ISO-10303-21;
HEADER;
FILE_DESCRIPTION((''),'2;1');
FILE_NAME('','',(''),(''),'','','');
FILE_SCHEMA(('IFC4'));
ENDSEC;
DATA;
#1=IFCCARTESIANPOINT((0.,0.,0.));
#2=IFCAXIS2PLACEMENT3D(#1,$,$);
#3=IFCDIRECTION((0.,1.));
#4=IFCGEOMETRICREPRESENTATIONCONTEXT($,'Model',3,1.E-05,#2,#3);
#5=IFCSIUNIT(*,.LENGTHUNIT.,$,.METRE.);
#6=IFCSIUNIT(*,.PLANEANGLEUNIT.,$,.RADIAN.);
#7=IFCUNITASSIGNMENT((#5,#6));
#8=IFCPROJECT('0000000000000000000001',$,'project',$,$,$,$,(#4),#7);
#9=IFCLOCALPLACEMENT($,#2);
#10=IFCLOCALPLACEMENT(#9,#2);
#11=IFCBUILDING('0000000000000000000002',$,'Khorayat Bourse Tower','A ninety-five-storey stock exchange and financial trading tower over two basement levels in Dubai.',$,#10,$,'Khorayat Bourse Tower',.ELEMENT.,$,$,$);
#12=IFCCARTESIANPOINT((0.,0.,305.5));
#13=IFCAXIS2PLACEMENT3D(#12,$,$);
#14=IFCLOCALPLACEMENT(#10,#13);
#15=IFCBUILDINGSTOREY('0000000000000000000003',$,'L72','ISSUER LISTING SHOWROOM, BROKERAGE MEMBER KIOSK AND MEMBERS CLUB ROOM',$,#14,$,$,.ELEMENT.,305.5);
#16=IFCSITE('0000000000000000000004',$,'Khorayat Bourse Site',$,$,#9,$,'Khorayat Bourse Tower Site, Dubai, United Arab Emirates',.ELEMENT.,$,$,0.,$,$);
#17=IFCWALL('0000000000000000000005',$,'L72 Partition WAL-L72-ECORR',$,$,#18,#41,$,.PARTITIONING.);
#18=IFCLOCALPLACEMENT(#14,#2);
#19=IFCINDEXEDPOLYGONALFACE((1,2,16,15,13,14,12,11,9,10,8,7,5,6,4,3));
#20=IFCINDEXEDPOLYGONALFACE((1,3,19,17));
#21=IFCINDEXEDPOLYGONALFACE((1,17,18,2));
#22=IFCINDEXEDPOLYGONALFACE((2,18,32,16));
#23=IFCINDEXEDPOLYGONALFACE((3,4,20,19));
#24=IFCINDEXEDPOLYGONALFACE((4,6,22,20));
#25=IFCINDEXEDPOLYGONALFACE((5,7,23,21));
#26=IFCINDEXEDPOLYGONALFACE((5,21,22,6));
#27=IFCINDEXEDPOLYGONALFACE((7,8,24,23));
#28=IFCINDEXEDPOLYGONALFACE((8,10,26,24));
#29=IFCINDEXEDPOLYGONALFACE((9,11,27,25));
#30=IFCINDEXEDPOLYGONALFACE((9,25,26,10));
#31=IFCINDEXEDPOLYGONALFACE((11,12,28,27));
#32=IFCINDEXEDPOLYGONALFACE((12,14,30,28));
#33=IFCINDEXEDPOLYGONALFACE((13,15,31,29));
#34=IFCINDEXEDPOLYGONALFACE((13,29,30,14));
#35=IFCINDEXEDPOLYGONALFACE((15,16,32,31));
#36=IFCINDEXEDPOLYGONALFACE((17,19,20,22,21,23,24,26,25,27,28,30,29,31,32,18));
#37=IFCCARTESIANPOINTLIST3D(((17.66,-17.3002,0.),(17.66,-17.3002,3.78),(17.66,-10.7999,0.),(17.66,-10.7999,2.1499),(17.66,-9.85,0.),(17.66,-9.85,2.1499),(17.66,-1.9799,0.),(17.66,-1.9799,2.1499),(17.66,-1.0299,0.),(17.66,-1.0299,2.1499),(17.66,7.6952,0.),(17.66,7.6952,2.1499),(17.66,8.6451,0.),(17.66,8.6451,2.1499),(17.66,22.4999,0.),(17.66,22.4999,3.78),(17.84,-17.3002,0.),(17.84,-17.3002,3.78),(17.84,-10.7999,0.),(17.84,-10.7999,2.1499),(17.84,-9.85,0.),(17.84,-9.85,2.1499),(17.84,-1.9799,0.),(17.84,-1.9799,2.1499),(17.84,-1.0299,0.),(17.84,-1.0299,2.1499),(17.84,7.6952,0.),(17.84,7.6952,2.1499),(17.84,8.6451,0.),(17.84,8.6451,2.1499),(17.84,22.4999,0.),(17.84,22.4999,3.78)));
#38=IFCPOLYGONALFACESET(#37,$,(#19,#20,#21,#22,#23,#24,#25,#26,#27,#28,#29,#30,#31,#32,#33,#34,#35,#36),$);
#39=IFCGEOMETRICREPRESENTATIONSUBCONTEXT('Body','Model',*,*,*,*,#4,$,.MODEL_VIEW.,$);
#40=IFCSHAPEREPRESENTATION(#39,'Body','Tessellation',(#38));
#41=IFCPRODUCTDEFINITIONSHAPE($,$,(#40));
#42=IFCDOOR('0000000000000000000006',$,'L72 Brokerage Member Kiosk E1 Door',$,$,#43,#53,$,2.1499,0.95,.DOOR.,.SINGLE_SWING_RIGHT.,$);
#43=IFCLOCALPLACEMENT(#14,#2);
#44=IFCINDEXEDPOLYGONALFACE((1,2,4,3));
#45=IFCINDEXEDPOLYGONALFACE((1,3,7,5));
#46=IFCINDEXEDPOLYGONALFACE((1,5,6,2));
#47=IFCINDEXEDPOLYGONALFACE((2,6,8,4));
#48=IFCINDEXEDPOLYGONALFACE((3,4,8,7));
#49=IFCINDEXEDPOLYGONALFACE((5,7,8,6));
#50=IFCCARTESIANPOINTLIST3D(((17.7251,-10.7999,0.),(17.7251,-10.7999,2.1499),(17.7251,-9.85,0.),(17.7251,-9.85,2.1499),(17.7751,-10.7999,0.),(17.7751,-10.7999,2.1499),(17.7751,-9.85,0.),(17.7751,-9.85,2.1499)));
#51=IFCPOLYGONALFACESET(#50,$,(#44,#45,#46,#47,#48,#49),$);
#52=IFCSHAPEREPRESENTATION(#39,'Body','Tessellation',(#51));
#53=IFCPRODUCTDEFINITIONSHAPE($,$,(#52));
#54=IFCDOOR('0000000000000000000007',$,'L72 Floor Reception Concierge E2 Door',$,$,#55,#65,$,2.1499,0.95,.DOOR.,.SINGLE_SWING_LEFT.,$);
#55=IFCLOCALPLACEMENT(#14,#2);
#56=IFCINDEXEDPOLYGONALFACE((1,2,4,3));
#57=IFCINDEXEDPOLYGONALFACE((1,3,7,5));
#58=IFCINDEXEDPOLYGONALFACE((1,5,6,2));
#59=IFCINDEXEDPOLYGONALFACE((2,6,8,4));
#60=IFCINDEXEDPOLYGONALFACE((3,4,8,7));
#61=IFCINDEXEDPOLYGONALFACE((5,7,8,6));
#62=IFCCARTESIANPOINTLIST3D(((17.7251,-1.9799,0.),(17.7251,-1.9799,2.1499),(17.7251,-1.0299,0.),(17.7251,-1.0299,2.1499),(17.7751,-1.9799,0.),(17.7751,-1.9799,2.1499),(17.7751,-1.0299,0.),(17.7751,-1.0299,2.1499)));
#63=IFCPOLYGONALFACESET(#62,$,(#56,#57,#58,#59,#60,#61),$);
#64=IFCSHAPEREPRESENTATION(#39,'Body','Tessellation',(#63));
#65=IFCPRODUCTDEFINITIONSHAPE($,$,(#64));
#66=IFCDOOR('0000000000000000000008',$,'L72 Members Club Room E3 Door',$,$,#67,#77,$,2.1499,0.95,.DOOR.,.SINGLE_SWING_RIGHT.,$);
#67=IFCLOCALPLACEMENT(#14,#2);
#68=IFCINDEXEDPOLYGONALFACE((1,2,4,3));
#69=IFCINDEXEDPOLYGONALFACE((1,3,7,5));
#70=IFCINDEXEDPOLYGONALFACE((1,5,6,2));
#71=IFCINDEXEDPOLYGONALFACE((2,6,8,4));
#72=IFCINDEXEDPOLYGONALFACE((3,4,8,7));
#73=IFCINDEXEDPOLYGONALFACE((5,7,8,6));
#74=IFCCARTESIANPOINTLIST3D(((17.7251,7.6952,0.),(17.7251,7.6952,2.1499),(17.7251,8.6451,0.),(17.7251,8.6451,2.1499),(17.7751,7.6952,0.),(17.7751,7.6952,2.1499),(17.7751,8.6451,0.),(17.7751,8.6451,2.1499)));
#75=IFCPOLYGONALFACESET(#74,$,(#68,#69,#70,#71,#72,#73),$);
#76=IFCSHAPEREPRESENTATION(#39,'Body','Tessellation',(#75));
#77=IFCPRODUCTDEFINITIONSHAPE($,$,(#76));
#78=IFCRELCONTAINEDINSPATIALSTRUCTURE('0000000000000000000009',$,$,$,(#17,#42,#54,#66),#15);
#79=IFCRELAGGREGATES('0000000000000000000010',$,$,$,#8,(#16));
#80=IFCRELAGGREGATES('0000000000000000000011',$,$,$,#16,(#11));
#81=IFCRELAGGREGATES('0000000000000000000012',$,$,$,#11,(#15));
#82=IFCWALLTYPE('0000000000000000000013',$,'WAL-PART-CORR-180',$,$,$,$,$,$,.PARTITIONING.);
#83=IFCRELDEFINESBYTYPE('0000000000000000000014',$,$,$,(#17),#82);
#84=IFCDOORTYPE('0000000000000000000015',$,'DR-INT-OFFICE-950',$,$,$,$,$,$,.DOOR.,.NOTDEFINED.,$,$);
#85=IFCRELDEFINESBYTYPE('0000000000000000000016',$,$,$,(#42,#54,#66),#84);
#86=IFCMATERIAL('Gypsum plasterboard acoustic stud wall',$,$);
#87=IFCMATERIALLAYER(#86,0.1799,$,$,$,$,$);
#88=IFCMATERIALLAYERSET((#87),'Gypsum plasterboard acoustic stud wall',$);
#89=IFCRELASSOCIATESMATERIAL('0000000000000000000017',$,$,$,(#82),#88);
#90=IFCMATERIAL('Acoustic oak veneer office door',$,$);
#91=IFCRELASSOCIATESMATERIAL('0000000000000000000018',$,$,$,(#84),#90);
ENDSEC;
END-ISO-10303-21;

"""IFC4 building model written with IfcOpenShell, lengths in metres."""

from ifc_helpers import new_model, si_unit, direction, frame, frame_2d, origin, place, context, subcontext, project, spatial, rectangle, extrude, source, transform, mapped, material, layer, layer_set, type_object, element, fill, save


model = new_model("IFC4")

# Units and contexts
model_context = context("Model", 3, precision=1e-05, world=origin(), true_north=direction((0.0, 1.0)))
body_context = subcontext(model_context, "Body", "Model", "MODEL_VIEW")
ifc_project = project(units=[si_unit("LENGTHUNIT", "METRE"), si_unit("PLANEANGLEUNIT", "RADIAN")], contexts=[model_context])

# Site, building, storey
site_placement = place(None, origin())
site = spatial("IfcSite", under=ifc_project, at=site_placement, Name="Khorayat Bourse Site", LongName="Khorayat Bourse Tower Site, Dubai, United Arab Emirates", CompositionType="ELEMENT", RefElevation=0.0)
building_placement = place(site_placement, origin())
building = spatial("IfcBuilding", under=site, at=building_placement, Name="Khorayat Bourse Tower", Description="A ninety-five-storey stock exchange and financial trading tower over two basement levels in Dubai.", LongName="Khorayat Bourse Tower", CompositionType="ELEMENT")
storey_placement = place(building_placement, frame((0.0, 0.0, 305.5)))
storey = spatial("IfcBuildingStorey", under=building, at=storey_placement, Name="L72", Description="ISSUER LISTING SHOWROOM, BROKERAGE MEMBER KIOSK AND MEMBERS CLUB ROOM", CompositionType="ELEMENT", Elevation=305.5)

# Shared definitions
ifc_material_1 = material(Name="Gypsum plasterboard acoustic stud wall")
ifc_layer_1 = layer(ifc_material_1, 0.1799)
ifc_layer_set_1 = layer_set([ifc_layer_1], Name="Gypsum plasterboard acoustic stud wall")
wall_type_1 = type_object("IfcWallType", Name="WAL-PART-CORR-180", PredefinedType="PARTITIONING", material=ifc_layer_set_1)

# Wall, openings, doors
shared_shape_1 = source(origin(), body_context, "Body", "SweptSolid", [
    extrude(rectangle(XDim=39.8, YDim=0.1799, at=frame_2d((19.8999, 0.0))), origin(), (0.0, 0.0, 1.0), 3.78),
])
wall_1_placement = place(storey_placement, frame((17.75, -17.3, 0.0), z_axis=(0.0, 0.0, 1.0), x_axis=(0.0, 1.0, 0.0)))
wall_1 = element("IfcWall", 1, at=wall_1_placement, inside=storey, type_object=wall_type_1, Name="L72 Partition WAL-L72-ECORR", PredefinedType="PARTITIONING", context=body_context, shape_type="MappedRepresentation", body=[
    mapped(shared_shape_1, transform((0.0, 0.0, 0.0), scale=1.0)),
])
shared_shape_2 = source(origin(), body_context, "Body", "SweptSolid", [
    extrude(rectangle(XDim=0.95, YDim=2.1499, at=frame_2d((0.4751, 1.075))), frame((0.0, 0.0999, 0.0), z_axis=(0.0, -1.0, 0.0), x_axis=(1.0, 0.0, 0.0)), (0.0, 0.0, 1.0), 0.2),
])
opening_1_placement = place(wall_1_placement, frame((6.5, 0.0, 0.0)))
opening_1 = element("IfcOpeningElement", 2, at=opening_1_placement, cuts=wall_1, PredefinedType="OPENING", context=body_context, shape_type="MappedRepresentation", body=[
    mapped(shared_shape_2, transform((0.0, 0.0, 0.0), scale=1.0)),
])
opening_2_placement = place(wall_1_placement, frame((15.3201, 0.0, 0.0)))
opening_2 = element("IfcOpeningElement", 3, at=opening_2_placement, cuts=wall_1, PredefinedType="OPENING", context=body_context, shape_type="MappedRepresentation", body=[
    mapped(shared_shape_2, transform((0.0, 0.0, 0.0), scale=1.0)),
])
opening_3_placement = place(wall_1_placement, frame((24.9951, 0.0, 0.0)))
opening_3 = element("IfcOpeningElement", 4, at=opening_3_placement, cuts=wall_1, PredefinedType="OPENING", context=body_context, shape_type="MappedRepresentation", body=[
    mapped(shared_shape_2, transform((0.0, 0.0, 0.0), scale=1.0)),
])
ifc_material_2 = material(Name="Acoustic oak veneer office door")
door_type_1 = type_object("IfcDoorType", Name="DR-INT-OFFICE-950", OperationType="NOTDEFINED", PredefinedType="DOOR", material=ifc_material_2)
shared_shape_3 = source(origin(), body_context, "Body", "SweptSolid", [
    extrude(rectangle(XDim=0.95, YDim=2.1499, at=frame_2d((0.4751, 1.075))), frame((0.0, 0.0249, 0.0), z_axis=(0.0, -1.0, 0.0), x_axis=(1.0, 0.0, 0.0)), (0.0, 0.0, 1.0), 0.05),
])
door_1_placement = place(opening_1_placement, origin())
door_1 = element("IfcDoor", 5, at=door_1_placement, inside=storey, type_object=door_type_1, Name="L72 Brokerage Member Kiosk E1 Door", OperationType="SINGLE_SWING_RIGHT", OverallHeight=2.1499, OverallWidth=0.95, PredefinedType="DOOR", context=body_context, shape_type="MappedRepresentation", body=[
    mapped(shared_shape_3, transform((0.0, 0.0, 0.0), scale=1.0)),
])
fill(opening_1, door_1)
door_2_placement = place(opening_2_placement, origin())
door_2 = element("IfcDoor", 6, at=door_2_placement, inside=storey, type_object=door_type_1, Name="L72 Floor Reception Concierge E2 Door", OperationType="SINGLE_SWING_LEFT", OverallHeight=2.1499, OverallWidth=0.95, PredefinedType="DOOR", context=body_context, shape_type="MappedRepresentation", body=[
    mapped(shared_shape_3, transform((0.0, 0.0, 0.0), scale=1.0)),
])
fill(opening_2, door_2)
door_3_placement = place(opening_3_placement, origin())
door_3 = element("IfcDoor", 7, at=door_3_placement, inside=storey, type_object=door_type_1, Name="L72 Members Club Room E3 Door", OperationType="SINGLE_SWING_RIGHT", OverallHeight=2.1499, OverallWidth=0.95, PredefinedType="DOOR", context=body_context, shape_type="MappedRepresentation", body=[
    mapped(shared_shape_3, transform((0.0, 0.0, 0.0), scale=1.0)),
])
fill(opening_3, door_3)

save(model, "model.ifc")
